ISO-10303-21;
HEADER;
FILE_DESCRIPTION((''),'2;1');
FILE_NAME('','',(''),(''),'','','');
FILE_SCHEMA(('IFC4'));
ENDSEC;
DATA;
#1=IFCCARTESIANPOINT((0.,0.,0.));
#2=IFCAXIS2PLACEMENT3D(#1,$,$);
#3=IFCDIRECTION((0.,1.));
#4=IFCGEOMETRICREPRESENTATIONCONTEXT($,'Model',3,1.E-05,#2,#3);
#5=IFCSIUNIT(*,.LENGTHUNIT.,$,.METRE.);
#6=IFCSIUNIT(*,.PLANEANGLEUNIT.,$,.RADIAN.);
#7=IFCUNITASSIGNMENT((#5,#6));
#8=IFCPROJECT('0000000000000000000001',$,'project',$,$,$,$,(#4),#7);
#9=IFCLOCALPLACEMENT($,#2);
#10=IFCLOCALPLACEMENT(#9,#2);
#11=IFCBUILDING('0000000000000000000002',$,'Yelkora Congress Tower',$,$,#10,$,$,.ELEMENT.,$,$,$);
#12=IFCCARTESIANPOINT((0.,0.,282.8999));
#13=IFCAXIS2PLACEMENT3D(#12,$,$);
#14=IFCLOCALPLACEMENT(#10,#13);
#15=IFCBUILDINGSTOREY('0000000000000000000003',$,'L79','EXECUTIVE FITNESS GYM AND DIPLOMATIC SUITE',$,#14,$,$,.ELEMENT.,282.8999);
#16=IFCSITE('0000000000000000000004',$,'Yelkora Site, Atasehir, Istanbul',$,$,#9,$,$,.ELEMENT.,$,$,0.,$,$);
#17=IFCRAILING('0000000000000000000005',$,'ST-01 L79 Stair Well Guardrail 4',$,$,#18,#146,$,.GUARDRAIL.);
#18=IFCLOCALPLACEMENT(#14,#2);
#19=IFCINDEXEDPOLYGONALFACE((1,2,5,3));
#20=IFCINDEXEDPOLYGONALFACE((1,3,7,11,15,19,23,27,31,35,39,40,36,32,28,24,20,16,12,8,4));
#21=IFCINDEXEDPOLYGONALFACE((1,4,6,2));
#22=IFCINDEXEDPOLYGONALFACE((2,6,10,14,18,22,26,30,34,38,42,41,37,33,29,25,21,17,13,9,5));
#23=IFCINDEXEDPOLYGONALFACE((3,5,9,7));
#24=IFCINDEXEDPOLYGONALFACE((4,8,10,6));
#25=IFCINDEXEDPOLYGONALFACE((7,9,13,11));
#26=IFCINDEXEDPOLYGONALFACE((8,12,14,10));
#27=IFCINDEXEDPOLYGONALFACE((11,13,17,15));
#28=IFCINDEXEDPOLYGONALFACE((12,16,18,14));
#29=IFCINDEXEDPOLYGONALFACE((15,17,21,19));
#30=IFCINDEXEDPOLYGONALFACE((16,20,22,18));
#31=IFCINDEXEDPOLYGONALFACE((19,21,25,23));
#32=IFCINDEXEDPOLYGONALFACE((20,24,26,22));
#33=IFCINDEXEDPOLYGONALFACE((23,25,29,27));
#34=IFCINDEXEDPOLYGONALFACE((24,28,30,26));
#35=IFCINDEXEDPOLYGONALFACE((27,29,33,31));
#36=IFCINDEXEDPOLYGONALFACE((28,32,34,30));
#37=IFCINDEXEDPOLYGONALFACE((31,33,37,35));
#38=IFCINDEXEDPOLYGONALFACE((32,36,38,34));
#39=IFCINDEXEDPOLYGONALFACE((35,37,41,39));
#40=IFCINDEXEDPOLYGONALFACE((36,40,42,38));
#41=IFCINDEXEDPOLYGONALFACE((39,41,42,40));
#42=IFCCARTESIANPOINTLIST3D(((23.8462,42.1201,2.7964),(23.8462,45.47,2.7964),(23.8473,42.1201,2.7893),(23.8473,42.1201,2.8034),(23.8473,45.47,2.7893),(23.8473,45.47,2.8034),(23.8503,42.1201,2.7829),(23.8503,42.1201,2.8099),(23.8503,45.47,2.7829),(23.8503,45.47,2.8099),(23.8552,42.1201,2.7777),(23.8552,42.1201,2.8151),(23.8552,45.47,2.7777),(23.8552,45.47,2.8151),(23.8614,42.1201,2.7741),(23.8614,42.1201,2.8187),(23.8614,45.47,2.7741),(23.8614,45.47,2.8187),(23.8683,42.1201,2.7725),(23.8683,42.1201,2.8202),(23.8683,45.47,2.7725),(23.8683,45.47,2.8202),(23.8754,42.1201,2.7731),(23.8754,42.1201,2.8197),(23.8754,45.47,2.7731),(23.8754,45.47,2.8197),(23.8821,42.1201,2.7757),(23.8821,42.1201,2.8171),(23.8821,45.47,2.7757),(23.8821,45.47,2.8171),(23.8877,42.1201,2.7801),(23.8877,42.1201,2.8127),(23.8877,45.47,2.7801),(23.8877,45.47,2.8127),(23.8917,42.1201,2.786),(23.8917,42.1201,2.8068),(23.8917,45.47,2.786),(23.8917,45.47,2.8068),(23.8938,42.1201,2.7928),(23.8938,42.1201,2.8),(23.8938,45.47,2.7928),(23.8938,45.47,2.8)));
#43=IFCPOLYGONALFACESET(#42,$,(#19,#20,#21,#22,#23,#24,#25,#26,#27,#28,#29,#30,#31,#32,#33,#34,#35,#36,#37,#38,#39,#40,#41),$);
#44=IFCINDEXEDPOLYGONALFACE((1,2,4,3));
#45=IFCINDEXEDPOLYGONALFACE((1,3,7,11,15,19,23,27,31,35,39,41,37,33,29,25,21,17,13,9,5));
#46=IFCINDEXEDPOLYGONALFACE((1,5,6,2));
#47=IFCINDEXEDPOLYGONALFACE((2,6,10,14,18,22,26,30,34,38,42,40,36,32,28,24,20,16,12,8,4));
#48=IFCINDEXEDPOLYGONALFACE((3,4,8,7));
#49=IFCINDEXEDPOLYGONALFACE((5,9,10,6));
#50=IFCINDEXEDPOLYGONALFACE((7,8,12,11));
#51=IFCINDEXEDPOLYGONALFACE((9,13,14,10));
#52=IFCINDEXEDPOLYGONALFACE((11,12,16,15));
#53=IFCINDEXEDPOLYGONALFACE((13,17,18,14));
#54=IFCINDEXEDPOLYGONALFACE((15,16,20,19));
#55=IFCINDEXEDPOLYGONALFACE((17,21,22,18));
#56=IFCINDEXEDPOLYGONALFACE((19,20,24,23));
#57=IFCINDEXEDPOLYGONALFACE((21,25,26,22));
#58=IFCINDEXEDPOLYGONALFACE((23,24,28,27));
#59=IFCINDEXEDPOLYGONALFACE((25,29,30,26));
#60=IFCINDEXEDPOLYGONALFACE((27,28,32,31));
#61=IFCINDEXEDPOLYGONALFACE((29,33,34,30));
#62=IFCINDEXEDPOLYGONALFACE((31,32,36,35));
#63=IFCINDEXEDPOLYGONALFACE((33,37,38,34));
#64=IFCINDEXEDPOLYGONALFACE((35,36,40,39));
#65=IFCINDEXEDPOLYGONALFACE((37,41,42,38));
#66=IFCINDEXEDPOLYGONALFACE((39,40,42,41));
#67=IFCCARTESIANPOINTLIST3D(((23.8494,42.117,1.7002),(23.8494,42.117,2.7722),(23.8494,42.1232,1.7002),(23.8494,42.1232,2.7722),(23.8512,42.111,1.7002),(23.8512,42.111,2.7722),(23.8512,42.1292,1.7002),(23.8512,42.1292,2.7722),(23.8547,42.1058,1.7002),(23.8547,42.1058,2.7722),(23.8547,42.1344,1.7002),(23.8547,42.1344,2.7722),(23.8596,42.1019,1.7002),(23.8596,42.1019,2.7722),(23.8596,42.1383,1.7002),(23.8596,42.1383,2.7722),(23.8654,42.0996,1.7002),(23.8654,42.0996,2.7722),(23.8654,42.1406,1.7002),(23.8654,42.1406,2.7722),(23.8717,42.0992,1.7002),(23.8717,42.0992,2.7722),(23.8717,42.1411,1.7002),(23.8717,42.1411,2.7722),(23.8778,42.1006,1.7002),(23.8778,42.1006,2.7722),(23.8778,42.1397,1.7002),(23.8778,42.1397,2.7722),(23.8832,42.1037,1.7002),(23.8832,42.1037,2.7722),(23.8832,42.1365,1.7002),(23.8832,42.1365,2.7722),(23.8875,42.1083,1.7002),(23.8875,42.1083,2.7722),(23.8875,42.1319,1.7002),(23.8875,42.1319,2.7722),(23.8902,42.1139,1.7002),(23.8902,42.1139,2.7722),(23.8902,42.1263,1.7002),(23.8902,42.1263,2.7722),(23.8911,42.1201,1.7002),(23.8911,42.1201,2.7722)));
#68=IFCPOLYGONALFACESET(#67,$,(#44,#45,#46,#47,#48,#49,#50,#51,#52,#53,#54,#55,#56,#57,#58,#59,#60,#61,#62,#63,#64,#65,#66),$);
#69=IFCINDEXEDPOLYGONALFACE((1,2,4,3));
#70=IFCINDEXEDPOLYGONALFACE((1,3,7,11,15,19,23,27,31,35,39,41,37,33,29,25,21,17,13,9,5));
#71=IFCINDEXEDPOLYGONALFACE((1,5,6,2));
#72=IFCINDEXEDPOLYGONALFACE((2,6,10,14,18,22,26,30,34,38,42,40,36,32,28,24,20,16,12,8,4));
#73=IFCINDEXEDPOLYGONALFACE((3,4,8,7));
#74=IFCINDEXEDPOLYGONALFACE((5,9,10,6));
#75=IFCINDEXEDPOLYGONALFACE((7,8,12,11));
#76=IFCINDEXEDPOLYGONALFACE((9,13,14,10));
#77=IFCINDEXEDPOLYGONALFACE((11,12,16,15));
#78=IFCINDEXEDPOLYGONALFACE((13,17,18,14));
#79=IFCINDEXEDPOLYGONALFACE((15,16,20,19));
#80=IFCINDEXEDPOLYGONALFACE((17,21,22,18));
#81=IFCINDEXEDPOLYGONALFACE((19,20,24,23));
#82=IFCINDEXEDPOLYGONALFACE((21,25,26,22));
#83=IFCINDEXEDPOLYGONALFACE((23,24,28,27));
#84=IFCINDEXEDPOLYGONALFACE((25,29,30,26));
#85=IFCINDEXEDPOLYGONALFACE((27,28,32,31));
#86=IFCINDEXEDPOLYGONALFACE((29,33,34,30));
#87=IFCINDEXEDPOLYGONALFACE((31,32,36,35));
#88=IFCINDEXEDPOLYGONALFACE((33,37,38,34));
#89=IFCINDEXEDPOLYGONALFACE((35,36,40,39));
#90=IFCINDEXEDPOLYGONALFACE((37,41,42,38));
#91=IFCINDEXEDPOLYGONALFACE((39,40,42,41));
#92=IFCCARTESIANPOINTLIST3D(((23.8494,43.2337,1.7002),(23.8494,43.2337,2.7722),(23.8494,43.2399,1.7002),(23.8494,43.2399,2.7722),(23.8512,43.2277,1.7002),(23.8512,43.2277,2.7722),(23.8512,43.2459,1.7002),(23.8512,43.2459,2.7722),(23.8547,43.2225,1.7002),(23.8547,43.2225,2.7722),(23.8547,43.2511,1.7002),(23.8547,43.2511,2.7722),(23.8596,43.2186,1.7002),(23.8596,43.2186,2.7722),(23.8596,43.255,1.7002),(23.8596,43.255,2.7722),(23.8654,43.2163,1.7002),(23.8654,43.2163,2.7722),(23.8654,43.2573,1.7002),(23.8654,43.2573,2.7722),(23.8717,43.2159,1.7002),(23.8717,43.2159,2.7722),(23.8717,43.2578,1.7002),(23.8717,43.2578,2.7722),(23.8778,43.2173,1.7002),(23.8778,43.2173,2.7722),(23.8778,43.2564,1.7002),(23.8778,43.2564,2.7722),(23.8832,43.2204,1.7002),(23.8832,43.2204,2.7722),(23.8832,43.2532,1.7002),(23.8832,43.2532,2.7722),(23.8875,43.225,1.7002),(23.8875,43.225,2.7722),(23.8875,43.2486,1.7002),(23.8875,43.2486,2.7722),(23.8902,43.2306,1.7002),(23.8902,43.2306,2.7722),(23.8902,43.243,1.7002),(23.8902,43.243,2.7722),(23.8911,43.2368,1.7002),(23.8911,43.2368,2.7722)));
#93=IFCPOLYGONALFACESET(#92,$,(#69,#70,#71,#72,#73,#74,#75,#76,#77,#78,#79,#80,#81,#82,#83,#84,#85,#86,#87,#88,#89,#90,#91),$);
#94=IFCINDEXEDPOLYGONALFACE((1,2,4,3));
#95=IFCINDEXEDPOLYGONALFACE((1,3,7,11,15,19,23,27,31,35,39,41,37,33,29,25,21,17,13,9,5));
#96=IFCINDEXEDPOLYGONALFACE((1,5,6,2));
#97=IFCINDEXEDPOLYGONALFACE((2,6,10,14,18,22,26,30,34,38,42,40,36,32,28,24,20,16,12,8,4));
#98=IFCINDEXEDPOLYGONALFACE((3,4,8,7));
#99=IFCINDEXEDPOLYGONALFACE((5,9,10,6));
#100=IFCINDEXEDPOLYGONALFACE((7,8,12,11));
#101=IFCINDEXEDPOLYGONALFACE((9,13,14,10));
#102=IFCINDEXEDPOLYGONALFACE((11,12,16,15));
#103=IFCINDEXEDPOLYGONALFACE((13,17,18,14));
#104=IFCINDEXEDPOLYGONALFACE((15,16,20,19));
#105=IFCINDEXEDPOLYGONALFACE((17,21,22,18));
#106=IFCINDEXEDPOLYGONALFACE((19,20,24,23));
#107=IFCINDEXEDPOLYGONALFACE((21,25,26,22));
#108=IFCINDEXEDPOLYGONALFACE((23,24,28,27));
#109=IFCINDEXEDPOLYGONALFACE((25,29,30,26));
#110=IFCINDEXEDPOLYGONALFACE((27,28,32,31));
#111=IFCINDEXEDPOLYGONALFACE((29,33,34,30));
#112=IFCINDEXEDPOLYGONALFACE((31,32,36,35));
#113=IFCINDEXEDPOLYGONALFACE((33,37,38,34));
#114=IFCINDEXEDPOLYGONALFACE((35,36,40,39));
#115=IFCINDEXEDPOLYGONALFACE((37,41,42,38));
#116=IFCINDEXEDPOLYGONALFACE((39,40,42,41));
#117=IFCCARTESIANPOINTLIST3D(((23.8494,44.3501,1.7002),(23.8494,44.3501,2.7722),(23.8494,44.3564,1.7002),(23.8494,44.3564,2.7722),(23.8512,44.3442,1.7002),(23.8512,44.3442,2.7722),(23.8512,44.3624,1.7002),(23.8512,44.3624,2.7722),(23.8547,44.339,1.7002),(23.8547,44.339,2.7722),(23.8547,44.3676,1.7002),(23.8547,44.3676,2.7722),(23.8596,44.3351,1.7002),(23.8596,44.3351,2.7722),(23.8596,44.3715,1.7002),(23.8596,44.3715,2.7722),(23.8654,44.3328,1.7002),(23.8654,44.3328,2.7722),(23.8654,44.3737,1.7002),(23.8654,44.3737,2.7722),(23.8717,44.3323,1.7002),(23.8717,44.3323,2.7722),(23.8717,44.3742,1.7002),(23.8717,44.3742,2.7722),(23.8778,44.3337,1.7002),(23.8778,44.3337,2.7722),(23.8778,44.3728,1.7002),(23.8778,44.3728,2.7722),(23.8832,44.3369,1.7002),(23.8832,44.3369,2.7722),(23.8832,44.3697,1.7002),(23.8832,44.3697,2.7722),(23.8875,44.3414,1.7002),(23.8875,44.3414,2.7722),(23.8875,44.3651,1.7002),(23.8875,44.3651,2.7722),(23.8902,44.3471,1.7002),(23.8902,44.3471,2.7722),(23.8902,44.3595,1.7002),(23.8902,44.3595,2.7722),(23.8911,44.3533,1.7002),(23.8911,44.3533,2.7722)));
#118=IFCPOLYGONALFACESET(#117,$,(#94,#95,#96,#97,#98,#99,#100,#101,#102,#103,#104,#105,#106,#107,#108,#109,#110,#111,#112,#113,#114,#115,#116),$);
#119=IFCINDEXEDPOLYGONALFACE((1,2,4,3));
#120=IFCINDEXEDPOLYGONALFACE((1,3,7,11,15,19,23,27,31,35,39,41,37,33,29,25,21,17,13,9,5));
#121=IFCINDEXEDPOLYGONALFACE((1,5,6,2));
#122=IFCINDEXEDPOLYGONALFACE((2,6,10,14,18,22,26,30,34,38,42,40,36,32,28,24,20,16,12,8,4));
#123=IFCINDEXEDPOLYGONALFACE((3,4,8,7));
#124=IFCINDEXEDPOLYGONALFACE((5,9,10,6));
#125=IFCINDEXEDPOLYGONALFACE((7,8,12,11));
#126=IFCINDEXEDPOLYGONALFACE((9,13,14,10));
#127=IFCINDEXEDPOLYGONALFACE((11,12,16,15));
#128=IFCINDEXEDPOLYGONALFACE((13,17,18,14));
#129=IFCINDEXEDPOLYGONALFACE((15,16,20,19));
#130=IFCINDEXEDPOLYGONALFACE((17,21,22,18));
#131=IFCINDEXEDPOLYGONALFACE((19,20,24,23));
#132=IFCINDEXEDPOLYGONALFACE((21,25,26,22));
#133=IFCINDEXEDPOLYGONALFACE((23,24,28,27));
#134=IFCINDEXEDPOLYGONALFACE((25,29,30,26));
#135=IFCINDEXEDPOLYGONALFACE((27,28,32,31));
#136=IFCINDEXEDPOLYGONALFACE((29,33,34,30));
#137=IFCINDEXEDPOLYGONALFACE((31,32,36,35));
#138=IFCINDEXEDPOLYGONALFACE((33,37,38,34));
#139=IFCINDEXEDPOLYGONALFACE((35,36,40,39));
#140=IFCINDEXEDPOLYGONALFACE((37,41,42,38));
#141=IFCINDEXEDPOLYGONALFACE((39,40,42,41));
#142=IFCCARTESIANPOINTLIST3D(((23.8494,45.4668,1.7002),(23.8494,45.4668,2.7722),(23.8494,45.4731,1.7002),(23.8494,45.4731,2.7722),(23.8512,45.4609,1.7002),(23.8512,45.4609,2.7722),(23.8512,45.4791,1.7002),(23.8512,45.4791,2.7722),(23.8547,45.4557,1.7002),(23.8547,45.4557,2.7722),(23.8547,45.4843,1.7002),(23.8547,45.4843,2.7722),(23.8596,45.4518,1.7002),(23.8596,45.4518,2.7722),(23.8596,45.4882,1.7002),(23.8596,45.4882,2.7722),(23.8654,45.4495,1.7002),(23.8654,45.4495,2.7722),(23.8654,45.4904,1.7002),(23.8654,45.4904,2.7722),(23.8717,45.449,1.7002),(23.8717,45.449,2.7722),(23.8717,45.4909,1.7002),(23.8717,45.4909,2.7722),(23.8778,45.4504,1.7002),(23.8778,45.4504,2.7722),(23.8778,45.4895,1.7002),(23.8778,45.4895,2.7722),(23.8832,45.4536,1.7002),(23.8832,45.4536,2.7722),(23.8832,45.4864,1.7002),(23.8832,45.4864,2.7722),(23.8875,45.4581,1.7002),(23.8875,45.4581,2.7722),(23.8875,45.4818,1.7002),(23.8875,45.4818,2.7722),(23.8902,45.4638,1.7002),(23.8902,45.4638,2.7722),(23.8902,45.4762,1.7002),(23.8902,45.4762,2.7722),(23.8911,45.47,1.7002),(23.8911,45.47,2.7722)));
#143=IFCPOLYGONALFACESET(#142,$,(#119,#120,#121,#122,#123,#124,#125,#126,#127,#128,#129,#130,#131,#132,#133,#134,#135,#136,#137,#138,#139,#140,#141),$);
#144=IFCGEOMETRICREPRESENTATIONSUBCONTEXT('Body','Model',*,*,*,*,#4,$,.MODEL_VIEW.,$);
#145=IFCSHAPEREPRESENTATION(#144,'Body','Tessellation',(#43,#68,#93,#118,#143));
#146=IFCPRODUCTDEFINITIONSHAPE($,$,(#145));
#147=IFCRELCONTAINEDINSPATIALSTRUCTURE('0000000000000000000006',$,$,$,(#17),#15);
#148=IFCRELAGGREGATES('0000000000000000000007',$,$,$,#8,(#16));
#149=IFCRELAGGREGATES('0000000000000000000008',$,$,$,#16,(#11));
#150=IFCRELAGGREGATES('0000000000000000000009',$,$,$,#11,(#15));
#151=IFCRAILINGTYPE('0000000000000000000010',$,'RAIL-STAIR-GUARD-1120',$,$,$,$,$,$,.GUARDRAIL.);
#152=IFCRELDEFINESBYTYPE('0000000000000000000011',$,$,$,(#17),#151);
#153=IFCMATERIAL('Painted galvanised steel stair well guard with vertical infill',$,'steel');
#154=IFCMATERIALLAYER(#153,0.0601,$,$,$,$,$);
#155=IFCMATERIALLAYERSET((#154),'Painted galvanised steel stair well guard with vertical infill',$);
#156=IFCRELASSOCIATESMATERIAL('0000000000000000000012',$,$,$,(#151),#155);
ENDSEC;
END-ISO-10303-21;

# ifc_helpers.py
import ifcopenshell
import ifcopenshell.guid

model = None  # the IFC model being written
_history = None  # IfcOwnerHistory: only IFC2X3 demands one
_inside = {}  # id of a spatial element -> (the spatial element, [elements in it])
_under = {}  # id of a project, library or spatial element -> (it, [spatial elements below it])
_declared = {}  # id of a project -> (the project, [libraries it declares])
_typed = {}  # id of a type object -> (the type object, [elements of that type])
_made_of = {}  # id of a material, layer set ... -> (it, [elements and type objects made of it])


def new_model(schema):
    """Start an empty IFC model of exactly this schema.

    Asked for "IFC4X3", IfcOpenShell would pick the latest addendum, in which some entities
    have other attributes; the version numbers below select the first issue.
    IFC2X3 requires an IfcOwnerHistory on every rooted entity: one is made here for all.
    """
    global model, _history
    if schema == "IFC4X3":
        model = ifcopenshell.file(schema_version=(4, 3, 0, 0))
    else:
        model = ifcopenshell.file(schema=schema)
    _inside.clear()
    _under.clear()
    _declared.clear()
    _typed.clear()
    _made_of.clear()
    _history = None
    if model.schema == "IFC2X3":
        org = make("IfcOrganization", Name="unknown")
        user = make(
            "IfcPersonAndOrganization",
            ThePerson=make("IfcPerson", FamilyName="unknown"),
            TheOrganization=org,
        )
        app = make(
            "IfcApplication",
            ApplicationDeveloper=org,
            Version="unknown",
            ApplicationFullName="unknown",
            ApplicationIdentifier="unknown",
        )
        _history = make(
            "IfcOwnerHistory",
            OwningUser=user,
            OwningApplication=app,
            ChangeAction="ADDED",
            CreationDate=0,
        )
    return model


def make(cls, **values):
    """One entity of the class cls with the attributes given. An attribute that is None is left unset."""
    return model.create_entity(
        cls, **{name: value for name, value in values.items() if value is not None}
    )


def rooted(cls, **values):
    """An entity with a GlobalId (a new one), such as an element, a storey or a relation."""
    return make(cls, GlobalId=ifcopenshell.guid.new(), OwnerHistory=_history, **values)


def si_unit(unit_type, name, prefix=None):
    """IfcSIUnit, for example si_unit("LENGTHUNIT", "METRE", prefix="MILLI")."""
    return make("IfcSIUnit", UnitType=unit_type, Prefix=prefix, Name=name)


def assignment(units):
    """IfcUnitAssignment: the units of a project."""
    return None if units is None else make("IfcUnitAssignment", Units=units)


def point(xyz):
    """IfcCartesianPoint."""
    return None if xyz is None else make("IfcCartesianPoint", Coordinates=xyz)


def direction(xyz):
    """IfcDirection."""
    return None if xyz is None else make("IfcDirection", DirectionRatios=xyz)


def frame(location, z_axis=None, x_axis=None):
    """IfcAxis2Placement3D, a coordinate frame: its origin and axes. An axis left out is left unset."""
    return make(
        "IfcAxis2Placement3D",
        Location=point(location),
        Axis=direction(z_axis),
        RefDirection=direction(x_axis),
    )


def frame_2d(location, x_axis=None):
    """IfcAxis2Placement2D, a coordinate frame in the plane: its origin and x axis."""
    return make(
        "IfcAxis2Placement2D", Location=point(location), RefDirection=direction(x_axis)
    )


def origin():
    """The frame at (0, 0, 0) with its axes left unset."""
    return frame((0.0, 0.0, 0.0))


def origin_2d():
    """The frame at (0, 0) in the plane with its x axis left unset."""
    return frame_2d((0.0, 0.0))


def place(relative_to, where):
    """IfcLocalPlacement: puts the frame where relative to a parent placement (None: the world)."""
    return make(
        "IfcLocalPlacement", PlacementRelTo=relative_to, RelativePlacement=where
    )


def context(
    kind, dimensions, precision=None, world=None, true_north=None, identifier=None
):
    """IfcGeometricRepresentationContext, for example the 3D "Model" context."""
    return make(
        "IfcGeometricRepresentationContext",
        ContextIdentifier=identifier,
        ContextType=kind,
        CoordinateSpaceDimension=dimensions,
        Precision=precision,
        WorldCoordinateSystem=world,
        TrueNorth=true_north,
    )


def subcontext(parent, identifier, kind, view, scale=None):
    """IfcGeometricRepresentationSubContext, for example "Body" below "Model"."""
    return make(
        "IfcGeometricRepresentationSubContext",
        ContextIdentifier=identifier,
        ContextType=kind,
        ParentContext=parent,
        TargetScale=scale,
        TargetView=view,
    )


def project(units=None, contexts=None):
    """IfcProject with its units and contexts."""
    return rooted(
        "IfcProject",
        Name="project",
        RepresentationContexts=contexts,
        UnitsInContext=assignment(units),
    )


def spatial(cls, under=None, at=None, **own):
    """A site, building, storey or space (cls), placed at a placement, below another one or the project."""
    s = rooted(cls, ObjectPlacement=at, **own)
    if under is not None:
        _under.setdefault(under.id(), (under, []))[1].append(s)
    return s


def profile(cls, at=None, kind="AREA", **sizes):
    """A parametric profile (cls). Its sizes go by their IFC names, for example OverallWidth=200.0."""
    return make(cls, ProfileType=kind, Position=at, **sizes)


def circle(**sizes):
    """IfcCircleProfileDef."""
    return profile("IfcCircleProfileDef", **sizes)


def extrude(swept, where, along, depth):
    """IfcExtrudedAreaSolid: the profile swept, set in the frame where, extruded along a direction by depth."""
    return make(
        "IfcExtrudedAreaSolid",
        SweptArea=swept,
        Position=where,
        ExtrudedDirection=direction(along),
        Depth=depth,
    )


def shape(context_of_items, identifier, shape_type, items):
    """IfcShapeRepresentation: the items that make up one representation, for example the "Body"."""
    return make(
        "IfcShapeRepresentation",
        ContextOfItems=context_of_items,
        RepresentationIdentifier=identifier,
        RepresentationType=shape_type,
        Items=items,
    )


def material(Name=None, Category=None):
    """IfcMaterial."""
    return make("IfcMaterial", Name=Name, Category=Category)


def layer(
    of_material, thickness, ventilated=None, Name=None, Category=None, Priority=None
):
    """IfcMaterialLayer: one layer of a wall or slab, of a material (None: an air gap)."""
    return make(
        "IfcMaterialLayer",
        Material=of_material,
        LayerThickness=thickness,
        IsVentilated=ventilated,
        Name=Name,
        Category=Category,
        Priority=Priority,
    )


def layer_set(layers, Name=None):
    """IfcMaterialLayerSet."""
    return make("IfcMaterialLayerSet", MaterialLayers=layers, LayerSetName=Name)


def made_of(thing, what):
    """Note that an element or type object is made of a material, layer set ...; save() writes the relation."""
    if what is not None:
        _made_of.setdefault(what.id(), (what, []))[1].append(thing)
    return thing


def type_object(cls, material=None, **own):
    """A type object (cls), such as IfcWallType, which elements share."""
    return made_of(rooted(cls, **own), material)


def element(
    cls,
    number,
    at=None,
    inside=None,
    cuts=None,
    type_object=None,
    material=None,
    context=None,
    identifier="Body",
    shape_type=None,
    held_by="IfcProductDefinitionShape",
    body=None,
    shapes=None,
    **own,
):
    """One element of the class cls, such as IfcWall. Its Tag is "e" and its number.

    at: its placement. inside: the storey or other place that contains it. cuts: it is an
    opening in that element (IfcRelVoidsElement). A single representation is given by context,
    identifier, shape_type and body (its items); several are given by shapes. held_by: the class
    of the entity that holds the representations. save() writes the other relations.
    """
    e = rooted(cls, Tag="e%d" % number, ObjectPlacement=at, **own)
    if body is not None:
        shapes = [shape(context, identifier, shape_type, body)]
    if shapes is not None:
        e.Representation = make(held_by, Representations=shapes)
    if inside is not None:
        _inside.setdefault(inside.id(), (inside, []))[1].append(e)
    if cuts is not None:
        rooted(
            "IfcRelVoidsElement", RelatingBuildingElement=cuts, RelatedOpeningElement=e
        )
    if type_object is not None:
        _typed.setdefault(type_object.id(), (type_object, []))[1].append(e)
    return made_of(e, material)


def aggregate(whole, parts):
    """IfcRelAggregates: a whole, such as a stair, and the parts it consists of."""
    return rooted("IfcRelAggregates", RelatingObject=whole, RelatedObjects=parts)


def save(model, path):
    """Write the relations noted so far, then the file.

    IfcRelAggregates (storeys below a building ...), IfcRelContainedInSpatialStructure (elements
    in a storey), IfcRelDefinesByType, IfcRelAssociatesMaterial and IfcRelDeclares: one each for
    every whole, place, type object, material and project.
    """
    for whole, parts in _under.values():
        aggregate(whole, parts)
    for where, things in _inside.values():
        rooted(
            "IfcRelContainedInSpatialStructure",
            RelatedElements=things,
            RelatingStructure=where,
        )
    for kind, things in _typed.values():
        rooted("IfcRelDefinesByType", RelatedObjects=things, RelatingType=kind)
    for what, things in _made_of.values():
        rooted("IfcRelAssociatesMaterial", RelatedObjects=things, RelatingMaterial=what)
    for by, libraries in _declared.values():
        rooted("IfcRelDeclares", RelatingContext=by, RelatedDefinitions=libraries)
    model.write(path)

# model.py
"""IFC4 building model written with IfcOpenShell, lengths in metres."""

from ifc_helpers import new_model, si_unit, direction, frame, origin, origin_2d, place, context, subcontext, project, spatial, circle, extrude, material, layer, layer_set, type_object, element, save


model = new_model("IFC4")

# Units and contexts
model_context = context("Model", 3, precision=1e-05, world=origin(), true_north=direction((0.0, 1.0)))
body_context = subcontext(model_context, "Body", "Model", "MODEL_VIEW")
ifc_project = project(units=[si_unit("LENGTHUNIT", "METRE"), si_unit("PLANEANGLEUNIT", "RADIAN")], contexts=[model_context])

# Site, building, storey
site_placement = place(None, origin())
site = spatial("IfcSite", under=ifc_project, at=site_placement, Name="Yelkora Site, Atasehir, Istanbul", CompositionType="ELEMENT", RefElevation=0.0)
building_placement = place(site_placement, origin())
building = spatial("IfcBuilding", under=site, at=building_placement, Name="Yelkora Congress Tower", CompositionType="ELEMENT")
storey_placement = place(building_placement, frame((0.0, 0.0, 282.8999)))
storey = spatial("IfcBuildingStorey", under=building, at=storey_placement, Name="L79", Description="EXECUTIVE FITNESS GYM AND DIPLOMATIC SUITE", CompositionType="ELEMENT", Elevation=282.8999)

# Railing
ifc_material_1 = material(Name="Painted galvanised steel stair well guard with vertical infill", Category="steel")
ifc_layer_1 = layer(ifc_material_1, 0.0601)
ifc_layer_set_1 = layer_set([ifc_layer_1], Name="Painted galvanised steel stair well guard with vertical infill")
railing_type_1 = type_object("IfcRailingType", Name="RAIL-STAIR-GUARD-1120", PredefinedType="GUARDRAIL", material=ifc_layer_set_1)
railing_1_placement = place(storey_placement, frame((23.8701, 42.1201, 1.7002)))
element("IfcRailing", 1, at=railing_1_placement, inside=storey, type_object=railing_type_1, Name="ST-01 L79 Stair Well Guardrail 4", PredefinedType="GUARDRAIL", context=body_context, shape_type="SweptSolid", body=[
    extrude(circle(Radius=0.0239, at=origin_2d()), frame((0.0, 0.0, 1.0962), z_axis=(0.0, 1.0, 0.0), x_axis=(-1.0, 0.0, 0.0)), (0.0, 0.0, 1.0), 3.3499),
    extrude(circle(Radius=0.021, at=origin_2d()), origin(), (0.0, 0.0, 1.0), 1.072),
    extrude(circle(Radius=0.021, at=origin_2d()), frame((0.0, 1.1167, 0.0)), (0.0, 0.0, 1.0), 1.072),
    extrude(circle(Radius=0.021, at=origin_2d()), frame((0.0, 2.2332, 0.0)), (0.0, 0.0, 1.0), 1.072),
    extrude(circle(Radius=0.021, at=origin_2d()), frame((0.0, 3.3499, 0.0)), (0.0, 0.0, 1.0), 1.072),
])

save(model, "model.ifc")
